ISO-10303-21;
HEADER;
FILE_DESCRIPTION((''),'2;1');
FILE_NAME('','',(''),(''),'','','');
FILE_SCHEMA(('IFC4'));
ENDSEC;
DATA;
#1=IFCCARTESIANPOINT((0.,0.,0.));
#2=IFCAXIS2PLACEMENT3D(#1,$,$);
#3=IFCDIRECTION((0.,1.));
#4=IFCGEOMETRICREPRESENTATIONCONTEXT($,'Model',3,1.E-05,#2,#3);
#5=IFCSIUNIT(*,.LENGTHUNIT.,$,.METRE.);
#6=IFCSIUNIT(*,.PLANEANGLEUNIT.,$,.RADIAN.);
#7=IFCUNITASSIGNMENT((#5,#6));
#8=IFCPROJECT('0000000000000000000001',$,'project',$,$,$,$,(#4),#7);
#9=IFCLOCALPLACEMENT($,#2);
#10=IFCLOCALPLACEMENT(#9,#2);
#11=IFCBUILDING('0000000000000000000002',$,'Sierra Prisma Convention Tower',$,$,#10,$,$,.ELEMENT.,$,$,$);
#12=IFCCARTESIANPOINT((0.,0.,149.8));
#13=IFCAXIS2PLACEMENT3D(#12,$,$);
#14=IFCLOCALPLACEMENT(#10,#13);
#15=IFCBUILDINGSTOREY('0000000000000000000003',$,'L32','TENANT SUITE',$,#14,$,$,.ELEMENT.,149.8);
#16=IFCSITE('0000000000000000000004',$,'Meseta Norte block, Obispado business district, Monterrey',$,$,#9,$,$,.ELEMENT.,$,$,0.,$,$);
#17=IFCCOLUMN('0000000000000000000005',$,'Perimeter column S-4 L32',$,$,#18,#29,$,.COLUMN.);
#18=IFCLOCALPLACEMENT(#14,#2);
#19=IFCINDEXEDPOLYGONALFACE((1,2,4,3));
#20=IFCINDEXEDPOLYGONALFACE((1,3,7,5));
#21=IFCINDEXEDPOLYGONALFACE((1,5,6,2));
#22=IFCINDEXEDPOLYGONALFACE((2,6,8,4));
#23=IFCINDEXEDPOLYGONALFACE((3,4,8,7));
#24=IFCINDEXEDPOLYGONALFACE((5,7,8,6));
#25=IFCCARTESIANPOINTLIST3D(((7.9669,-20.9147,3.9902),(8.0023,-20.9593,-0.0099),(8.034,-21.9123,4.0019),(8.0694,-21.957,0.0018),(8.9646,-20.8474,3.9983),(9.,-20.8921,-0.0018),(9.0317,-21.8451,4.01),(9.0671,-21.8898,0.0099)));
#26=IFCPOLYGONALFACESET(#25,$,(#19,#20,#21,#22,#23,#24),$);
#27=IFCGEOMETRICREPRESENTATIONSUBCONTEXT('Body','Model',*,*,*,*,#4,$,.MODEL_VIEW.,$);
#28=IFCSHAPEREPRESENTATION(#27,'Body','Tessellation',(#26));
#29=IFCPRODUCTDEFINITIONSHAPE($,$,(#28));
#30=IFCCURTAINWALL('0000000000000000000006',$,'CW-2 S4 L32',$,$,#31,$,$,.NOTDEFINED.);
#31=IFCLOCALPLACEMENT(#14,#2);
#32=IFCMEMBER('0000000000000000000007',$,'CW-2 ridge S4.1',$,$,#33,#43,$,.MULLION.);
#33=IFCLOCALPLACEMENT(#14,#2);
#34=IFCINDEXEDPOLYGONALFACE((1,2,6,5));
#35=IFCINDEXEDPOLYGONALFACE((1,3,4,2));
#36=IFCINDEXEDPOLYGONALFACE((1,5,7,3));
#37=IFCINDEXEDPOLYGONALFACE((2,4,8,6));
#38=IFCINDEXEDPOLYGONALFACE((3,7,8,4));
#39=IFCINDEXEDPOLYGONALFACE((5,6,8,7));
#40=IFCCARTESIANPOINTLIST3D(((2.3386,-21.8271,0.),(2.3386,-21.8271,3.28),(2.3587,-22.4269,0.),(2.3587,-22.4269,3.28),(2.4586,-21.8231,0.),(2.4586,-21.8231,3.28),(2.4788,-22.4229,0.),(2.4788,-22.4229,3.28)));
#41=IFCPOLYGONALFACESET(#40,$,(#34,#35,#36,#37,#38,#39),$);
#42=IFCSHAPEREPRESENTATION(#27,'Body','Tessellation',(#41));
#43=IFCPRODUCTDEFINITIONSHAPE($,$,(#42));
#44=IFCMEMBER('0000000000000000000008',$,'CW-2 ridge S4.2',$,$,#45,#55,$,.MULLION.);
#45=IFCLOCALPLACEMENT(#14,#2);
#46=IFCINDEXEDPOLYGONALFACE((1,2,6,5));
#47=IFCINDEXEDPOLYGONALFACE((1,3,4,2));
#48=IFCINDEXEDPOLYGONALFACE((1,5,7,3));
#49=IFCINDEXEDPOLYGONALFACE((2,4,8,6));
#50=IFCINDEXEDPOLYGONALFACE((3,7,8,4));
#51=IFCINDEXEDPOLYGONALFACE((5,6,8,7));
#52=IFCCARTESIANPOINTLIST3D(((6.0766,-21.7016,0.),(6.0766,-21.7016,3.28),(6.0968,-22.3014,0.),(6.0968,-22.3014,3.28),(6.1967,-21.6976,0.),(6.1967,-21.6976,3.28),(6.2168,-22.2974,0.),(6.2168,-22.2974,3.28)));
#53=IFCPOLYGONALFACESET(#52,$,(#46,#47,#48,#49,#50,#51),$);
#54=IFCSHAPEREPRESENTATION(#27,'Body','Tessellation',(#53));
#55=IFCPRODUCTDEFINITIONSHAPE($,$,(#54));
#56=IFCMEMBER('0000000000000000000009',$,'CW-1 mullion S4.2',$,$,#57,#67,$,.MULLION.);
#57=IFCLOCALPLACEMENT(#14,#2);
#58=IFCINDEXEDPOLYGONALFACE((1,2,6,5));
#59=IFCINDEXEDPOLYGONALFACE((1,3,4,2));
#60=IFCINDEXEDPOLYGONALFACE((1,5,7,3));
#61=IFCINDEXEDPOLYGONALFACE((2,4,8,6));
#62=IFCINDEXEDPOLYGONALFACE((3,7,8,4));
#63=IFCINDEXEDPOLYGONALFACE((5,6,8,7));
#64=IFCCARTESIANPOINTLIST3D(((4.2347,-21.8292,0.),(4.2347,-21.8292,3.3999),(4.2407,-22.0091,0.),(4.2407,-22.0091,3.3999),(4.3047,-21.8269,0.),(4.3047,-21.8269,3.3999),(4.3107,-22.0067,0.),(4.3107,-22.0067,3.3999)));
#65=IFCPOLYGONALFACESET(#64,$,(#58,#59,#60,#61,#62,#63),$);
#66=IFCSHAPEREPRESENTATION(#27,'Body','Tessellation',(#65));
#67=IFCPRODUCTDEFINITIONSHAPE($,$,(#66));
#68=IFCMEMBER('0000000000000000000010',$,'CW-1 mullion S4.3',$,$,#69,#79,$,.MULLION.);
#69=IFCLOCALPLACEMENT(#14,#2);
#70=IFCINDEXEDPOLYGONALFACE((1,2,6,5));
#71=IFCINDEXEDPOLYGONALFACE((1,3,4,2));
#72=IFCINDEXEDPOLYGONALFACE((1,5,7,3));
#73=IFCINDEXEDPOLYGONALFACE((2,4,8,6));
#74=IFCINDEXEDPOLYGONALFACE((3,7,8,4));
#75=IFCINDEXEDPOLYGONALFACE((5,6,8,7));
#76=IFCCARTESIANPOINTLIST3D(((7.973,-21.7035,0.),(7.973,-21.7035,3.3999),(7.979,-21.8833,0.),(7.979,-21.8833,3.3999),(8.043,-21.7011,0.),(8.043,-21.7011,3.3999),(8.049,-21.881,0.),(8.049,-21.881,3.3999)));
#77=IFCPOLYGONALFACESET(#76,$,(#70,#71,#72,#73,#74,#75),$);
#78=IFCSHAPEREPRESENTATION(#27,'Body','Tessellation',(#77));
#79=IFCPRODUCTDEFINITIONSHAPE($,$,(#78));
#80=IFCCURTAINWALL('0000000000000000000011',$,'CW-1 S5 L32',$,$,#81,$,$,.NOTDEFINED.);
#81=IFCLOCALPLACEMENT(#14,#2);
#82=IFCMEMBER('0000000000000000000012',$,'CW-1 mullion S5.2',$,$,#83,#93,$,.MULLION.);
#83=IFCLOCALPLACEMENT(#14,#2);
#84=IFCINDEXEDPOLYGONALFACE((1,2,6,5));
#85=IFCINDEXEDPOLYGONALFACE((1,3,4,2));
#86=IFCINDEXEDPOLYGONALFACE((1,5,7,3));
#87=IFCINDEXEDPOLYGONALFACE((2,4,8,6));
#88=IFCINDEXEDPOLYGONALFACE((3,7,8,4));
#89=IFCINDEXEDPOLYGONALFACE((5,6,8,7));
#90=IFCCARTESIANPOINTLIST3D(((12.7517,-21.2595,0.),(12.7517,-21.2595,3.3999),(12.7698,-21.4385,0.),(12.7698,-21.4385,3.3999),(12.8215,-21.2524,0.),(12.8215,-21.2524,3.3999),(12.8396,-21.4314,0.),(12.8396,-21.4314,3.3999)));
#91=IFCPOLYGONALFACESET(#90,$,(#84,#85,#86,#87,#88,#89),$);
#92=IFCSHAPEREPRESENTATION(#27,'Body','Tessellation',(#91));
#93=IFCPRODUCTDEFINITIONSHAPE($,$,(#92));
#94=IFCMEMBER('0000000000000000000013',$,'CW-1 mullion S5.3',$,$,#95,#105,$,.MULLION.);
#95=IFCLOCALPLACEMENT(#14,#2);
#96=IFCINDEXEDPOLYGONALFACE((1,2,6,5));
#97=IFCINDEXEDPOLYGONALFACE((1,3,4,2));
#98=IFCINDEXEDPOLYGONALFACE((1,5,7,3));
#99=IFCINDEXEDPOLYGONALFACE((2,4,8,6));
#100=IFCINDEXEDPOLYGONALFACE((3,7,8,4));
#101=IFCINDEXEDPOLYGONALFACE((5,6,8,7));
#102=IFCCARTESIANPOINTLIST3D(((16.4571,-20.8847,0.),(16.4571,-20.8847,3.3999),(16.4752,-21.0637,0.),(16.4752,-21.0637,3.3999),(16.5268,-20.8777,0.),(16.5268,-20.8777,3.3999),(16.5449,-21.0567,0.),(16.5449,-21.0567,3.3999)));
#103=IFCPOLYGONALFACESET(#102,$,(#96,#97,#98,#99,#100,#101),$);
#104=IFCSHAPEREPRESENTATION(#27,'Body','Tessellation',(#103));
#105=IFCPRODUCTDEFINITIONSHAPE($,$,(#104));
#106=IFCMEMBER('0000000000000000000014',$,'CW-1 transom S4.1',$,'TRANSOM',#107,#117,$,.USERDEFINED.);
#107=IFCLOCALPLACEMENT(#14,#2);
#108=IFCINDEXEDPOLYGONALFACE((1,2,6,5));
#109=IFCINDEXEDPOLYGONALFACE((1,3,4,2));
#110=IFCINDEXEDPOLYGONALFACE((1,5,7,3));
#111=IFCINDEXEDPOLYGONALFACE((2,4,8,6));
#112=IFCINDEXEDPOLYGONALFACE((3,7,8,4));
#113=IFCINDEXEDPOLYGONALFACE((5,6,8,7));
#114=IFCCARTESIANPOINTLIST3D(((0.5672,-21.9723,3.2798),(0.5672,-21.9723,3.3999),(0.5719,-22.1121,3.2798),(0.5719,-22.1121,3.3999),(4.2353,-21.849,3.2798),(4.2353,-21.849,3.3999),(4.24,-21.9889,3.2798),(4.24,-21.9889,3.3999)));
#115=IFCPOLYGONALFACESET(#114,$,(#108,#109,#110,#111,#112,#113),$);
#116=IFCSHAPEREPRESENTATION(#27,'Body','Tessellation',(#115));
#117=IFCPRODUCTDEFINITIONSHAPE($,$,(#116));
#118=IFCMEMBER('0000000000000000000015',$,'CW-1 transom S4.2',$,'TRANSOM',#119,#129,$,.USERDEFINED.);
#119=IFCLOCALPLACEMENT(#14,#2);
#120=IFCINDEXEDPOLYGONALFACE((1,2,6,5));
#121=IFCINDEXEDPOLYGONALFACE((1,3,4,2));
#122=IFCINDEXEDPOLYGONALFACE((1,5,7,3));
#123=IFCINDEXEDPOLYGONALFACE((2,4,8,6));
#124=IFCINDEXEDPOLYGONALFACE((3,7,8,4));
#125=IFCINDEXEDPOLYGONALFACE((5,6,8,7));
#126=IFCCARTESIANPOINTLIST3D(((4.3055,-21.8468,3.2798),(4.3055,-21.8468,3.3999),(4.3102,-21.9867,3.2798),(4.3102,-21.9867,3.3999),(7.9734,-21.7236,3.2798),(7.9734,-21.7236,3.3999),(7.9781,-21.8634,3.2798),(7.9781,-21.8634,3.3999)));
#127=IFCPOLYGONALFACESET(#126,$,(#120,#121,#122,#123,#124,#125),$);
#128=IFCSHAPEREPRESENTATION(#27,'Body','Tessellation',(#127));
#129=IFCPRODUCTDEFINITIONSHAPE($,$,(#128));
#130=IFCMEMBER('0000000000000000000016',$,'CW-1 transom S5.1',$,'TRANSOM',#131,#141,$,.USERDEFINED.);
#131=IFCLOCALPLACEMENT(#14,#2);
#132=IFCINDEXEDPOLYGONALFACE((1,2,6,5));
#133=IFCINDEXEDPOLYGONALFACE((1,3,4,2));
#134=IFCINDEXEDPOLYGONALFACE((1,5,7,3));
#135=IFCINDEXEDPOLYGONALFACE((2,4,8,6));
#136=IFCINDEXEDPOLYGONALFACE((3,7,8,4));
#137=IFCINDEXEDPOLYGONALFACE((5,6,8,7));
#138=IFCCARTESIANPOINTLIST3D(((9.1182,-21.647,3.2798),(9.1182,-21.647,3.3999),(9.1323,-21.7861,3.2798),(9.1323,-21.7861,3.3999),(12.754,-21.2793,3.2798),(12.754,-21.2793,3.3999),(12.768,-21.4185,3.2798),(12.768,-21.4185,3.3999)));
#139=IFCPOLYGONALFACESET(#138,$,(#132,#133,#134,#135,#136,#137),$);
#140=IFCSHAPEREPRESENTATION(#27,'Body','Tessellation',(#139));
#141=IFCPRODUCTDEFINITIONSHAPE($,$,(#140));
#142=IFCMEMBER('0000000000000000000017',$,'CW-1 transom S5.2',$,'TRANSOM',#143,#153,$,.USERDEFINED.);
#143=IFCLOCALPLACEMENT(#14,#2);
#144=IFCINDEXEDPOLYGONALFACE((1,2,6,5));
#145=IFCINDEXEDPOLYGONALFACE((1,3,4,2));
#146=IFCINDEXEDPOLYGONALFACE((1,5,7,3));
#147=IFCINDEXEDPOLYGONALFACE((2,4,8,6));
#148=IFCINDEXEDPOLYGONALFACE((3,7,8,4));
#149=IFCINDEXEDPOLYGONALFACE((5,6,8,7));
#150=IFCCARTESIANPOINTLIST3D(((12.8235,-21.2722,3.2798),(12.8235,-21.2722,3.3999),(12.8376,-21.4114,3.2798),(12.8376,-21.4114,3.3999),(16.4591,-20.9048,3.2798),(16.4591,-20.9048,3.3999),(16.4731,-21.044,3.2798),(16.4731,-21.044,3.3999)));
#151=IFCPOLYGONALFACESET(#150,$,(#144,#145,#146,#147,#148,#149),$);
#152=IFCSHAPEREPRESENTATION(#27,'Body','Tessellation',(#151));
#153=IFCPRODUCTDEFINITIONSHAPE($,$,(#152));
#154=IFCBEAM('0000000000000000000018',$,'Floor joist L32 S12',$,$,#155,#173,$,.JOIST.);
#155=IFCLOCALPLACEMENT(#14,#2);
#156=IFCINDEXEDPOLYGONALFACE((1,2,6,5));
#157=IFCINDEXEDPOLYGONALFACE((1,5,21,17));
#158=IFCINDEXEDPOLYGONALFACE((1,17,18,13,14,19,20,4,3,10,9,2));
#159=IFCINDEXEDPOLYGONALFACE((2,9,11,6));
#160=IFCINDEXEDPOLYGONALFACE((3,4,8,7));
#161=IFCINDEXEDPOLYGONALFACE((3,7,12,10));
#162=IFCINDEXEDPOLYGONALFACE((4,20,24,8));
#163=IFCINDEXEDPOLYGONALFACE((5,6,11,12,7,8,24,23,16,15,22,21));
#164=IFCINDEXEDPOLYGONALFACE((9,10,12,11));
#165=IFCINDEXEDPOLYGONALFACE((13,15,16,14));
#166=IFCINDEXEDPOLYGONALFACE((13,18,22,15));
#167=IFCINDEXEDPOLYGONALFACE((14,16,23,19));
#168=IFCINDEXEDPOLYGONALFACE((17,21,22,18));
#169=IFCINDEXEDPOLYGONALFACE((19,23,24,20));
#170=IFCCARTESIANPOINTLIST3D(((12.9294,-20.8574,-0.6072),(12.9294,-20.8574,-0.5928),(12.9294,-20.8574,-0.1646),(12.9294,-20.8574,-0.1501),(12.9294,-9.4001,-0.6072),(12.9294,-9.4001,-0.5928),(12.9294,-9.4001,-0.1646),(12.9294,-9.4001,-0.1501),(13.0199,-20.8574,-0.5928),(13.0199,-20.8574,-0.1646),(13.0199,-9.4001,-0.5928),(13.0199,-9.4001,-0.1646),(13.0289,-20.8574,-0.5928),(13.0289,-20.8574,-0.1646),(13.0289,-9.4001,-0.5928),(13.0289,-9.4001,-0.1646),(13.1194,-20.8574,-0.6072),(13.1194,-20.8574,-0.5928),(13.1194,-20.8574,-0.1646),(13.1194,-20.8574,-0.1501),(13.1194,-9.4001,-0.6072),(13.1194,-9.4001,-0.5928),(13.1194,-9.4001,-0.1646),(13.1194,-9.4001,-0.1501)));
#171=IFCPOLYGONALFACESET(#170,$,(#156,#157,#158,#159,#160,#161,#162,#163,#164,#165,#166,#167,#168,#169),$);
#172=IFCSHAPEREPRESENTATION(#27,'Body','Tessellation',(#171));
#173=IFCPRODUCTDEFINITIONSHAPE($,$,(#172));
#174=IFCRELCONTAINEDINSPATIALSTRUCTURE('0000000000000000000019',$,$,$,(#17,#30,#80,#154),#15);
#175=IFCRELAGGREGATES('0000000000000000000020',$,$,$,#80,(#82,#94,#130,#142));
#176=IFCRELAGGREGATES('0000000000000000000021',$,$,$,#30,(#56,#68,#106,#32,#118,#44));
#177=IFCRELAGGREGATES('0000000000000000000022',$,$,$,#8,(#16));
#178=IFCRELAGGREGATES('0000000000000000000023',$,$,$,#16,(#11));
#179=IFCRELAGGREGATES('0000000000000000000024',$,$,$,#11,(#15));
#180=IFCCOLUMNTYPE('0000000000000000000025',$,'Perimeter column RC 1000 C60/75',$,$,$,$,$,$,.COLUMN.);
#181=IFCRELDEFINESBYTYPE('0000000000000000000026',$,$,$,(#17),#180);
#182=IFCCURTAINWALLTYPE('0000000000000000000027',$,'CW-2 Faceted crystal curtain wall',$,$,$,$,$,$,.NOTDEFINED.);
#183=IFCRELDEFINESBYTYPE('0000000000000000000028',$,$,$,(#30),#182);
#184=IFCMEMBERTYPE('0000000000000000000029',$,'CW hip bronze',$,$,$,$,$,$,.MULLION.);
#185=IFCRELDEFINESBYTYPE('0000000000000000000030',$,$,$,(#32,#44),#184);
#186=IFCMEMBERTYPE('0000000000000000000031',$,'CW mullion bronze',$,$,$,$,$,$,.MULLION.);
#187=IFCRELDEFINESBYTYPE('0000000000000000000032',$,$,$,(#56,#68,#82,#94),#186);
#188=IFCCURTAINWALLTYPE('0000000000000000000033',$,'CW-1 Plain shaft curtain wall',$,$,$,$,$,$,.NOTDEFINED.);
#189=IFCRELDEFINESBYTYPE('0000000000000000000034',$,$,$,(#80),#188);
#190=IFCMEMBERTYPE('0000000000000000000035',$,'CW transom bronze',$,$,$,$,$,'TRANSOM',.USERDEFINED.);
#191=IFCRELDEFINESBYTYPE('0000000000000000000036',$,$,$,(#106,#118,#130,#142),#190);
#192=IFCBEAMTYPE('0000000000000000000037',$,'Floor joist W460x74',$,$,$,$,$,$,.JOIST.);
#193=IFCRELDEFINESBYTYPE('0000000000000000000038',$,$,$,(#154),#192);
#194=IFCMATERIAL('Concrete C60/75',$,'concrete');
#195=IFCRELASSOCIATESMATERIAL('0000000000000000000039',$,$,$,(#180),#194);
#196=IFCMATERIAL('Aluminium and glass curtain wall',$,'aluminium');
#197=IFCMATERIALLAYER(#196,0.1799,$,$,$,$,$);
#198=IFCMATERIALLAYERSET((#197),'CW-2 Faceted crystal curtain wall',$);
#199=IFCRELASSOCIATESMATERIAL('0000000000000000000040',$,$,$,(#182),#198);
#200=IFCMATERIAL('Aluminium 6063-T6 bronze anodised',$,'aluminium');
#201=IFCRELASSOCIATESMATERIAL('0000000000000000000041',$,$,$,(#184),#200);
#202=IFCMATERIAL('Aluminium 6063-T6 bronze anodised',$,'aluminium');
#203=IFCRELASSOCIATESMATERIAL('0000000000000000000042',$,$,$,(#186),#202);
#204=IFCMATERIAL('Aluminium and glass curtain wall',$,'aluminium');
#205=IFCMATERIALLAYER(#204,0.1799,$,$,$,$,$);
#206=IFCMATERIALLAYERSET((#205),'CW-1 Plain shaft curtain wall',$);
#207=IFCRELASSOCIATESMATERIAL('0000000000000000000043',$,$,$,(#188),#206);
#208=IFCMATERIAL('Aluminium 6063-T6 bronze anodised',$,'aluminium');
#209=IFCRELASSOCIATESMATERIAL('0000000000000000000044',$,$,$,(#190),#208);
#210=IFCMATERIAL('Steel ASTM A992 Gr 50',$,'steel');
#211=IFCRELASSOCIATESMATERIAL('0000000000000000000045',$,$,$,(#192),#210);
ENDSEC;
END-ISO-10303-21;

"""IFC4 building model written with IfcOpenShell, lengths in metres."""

from ifc_helpers import new_model, si_unit, direction, frame, origin, origin_2d, place, context, subcontext, project, spatial, rectangle, i_section, extrude, material, layer, layer_set, material_profile, profile_set, type_object, element, aggregate, save


model = new_model("IFC4")

# Units and contexts
model_context = context("Model", 3, precision=1e-05, world=origin(), true_north=direction((0.0, 1.0)))
body_context = subcontext(model_context, "Body", "Model", "MODEL_VIEW")
ifc_project = project(units=[si_unit("LENGTHUNIT", "METRE"), si_unit("PLANEANGLEUNIT", "RADIAN")], contexts=[model_context])

# Site, building, storey
site_placement = place(None, origin())
site = spatial("IfcSite", under=ifc_project, at=site_placement, Name="Meseta Norte block, Obispado business district, Monterrey", CompositionType="ELEMENT", RefElevation=0.0)
building_placement = place(site_placement, origin())
building = spatial("IfcBuilding", under=site, at=building_placement, Name="Sierra Prisma Convention Tower", CompositionType="ELEMENT")
storey_placement = place(building_placement, frame((0.0, 0.0, 149.8)))
storey = spatial("IfcBuildingStorey", under=building, at=storey_placement, Name="L32", Description="TENANT SUITE", CompositionType="ELEMENT", Elevation=149.8)

# Column
ifc_material_1 = material(Name="Concrete C60/75", Category="concrete")
ifc_material_profile_1 = material_profile(ifc_material_1, rectangle(XDim=1.0, YDim=1.0, at=origin_2d()), Name="Perimeter column RC 1000 C60/75")
ifc_profile_set_1 = profile_set([ifc_material_profile_1], Name="Concrete C60/75")
column_type = type_object("IfcColumnType", Name="Perimeter column RC 1000 C60/75", PredefinedType="COLUMN", material=ifc_profile_set_1)
column_placement = place(storey_placement, frame((8.5347, -21.4246, 0.0), z_axis=(-0.008849, 0.011168, 0.999898), x_axis=(0.997705, 0.067223, 0.008079)))
element("IfcColumn", 1, at=column_placement, inside=storey, type_object=column_type, Name="Perimeter column S-4 L32", PredefinedType="COLUMN", context=body_context, shape_type="SweptSolid", body=[
    extrude(rectangle(XDim=1.0, YDim=1.0, at=origin_2d()), origin(), (0.0, 0.0, 1.0), 4.0005),
])

# Curtain walls, members
ifc_material_2 = material(Name="Aluminium and glass curtain wall", Category="aluminium")
ifc_layer_1 = layer(ifc_material_2, 0.1799)
ifc_layer_set_1 = layer_set([ifc_layer_1], Name="CW-2 Faceted crystal curtain wall")
curtain_wall_type_1 = type_object("IfcCurtainWallType", Name="CW-2 Faceted crystal curtain wall", PredefinedType="NOTDEFINED", material=ifc_layer_set_1)
curtain_wall_1_placement = place(storey_placement, origin())
curtain_wall_1 = element("IfcCurtainWall", 2, at=curtain_wall_1_placement, inside=storey, type_object=curtain_wall_type_1, Name="CW-2 S4 L32", PredefinedType="NOTDEFINED")
ifc_material_3 = material(Name="Aluminium 6063-T6 bronze anodised", Category="aluminium")
ifc_material_profile_2 = material_profile(ifc_material_3, rectangle(XDim=0.1201, YDim=0.6001, at=origin_2d()), Name="ALU RIDGE BLADE 120x600")
ifc_profile_set_2 = profile_set([ifc_material_profile_2], Name="Aluminium 6063-T6 bronze anodised")
member_type_1 = type_object("IfcMemberType", Name="CW hip bronze", PredefinedType="MULLION", material=ifc_profile_set_2)
member_1_placement = place(storey_placement, frame((2.4087, -22.125, 0.0), z_axis=(0.0, 0.0, 1.0), x_axis=(0.999436, 0.033583, 0.0)))
member_1 = element("IfcMember", 3, at=member_1_placement, type_object=member_type_1, Name="CW-2 ridge S4.1", PredefinedType="MULLION", context=body_context, shape_type="SweptSolid", body=[
    extrude(rectangle(XDim=0.1201, YDim=0.6001, at=origin_2d()), origin(), (0.0, 0.0, 1.0), 3.28),
])
member_2_placement = place(storey_placement, frame((6.1467, -21.9995, 0.0), z_axis=(0.0, 0.0, 1.0), x_axis=(0.999436, 0.033583, 0.0)))
member_2 = element("IfcMember", 4, at=member_2_placement, type_object=member_type_1, Name="CW-2 ridge S4.2", PredefinedType="MULLION", context=body_context, shape_type="SweptSolid", body=[
    extrude(rectangle(XDim=0.1201, YDim=0.6001, at=origin_2d()), origin(), (0.0, 0.0, 1.0), 3.28),
])
ifc_material_4 = material(Name="Aluminium 6063-T6 bronze anodised", Category="aluminium")
ifc_material_profile_3 = material_profile(ifc_material_4, rectangle(XDim=0.1799, YDim=0.0701, at=origin_2d()), Name="ALU MULLION 70x180")
ifc_profile_set_3 = profile_set([ifc_material_profile_3], Name="Aluminium 6063-T6 bronze anodised")
member_type_2 = type_object("IfcMemberType", Name="CW mullion bronze", PredefinedType="MULLION", material=ifc_profile_set_3)
member_3_placement = place(storey_placement, frame((4.2727, -21.918, 0.0), z_axis=(0.0, 0.0, 1.0), x_axis=(-0.033583, 0.999436, 0.0)))
member_3 = element("IfcMember", 5, at=member_3_placement, type_object=member_type_2, Name="CW-1 mullion S4.2", PredefinedType="MULLION", context=body_context, shape_type="SweptSolid", body=[
    extrude(rectangle(XDim=0.1799, YDim=0.0701, at=origin_2d()), origin(), (0.0, 0.0, 1.0), 3.3999),
])
member_4_placement = place(storey_placement, frame((8.011, -21.7922, 0.0), z_axis=(0.0, 0.0, 1.0), x_axis=(-0.033583, 0.999436, 0.0)))
member_4 = element("IfcMember", 6, at=member_4_placement, type_object=member_type_2, Name="CW-1 mullion S4.3", PredefinedType="MULLION", context=body_context, shape_type="SweptSolid", body=[
    extrude(rectangle(XDim=0.1799, YDim=0.0701, at=origin_2d()), origin(), (0.0, 0.0, 1.0), 3.3999),
])
ifc_material_5 = material(Name="Aluminium and glass curtain wall", Category="aluminium")
ifc_layer_2 = layer(ifc_material_5, 0.1799)
ifc_layer_set_2 = layer_set([ifc_layer_2], Name="CW-1 Plain shaft curtain wall")
curtain_wall_type_2 = type_object("IfcCurtainWallType", Name="CW-1 Plain shaft curtain wall", PredefinedType="NOTDEFINED", material=ifc_layer_set_2)
curtain_wall_2_placement = place(storey_placement, origin())
curtain_wall_2 = element("IfcCurtainWall", 7, at=curtain_wall_2_placement, inside=storey, type_object=curtain_wall_type_2, Name="CW-1 S5 L32", PredefinedType="NOTDEFINED")
member_5_placement = place(storey_placement, frame((12.7957, -21.3455, 0.0), z_axis=(0.0, 0.0, 1.0), x_axis=(-0.100597, 0.994927, 0.0)))
member_5 = element("IfcMember", 8, at=member_5_placement, type_object=member_type_2, Name="CW-1 mullion S5.2", PredefinedType="MULLION", context=body_context, shape_type="SweptSolid", body=[
    extrude(rectangle(XDim=0.1799, YDim=0.0701, at=origin_2d()), origin(), (0.0, 0.0, 1.0), 3.3999),
])
member_6_placement = place(storey_placement, frame((16.501, -20.9707, 0.0), z_axis=(0.0, 0.0, 1.0), x_axis=(-0.100597, 0.994927, 0.0)))
member_6 = element("IfcMember", 9, at=member_6_placement, type_object=member_type_2, Name="CW-1 mullion S5.3", PredefinedType="MULLION", context=body_context, shape_type="SweptSolid", body=[
    extrude(rectangle(XDim=0.1799, YDim=0.0701, at=origin_2d()), origin(), (0.0, 0.0, 1.0), 3.3999),
])

# Members
ifc_material_6 = material(Name="Aluminium 6063-T6 bronze anodised", Category="aluminium")
ifc_material_profile_4 = material_profile(ifc_material_6, rectangle(XDim=0.1399, YDim=0.1201, at=origin_2d()), Name="ALU TRANSOM 120x140")
ifc_profile_set_4 = profile_set([ifc_material_profile_4], Name="Aluminium 6063-T6 bronze anodised")
member_type_3 = type_object("IfcMemberType", Name="CW transom bronze", ElementType="TRANSOM", PredefinedType="USERDEFINED", material=ifc_profile_set_4)
member_7_placement = place(storey_placement, frame((0.5696, -22.0422, 3.3398), z_axis=(0.999436, 0.033592, 0.0), x_axis=(-0.033592, 0.999436, 0.0)))
member_7 = element("IfcMember", 10, at=member_7_placement, type_object=member_type_3, Name="CW-1 transom S4.1", ObjectType="TRANSOM", PredefinedType="USERDEFINED", context=body_context, shape_type="SweptSolid", body=[
    extrude(rectangle(XDim=0.1399, YDim=0.1201, at=origin_2d()), origin(), (0.0, 0.0, 1.0), 3.6702),
])
member_8_placement = place(storey_placement, frame((4.3079, -21.9167, 3.3398), z_axis=(0.999436, 0.033594, 0.0), x_axis=(-0.033594, 0.999436, 0.0)))
member_8 = element("IfcMember", 11, at=member_8_placement, type_object=member_type_3, Name="CW-1 transom S4.2", ObjectType="TRANSOM", PredefinedType="USERDEFINED", context=body_context, shape_type="SweptSolid", body=[
    extrude(rectangle(XDim=0.1399, YDim=0.1201, at=origin_2d()), origin(), (0.0, 0.0, 1.0), 3.6699),
])
member_9_placement = place(storey_placement, frame((9.1252, -21.7166, 3.3398), z_axis=(0.994925, 0.100615, 0.0), x_axis=(-0.100615, 0.994925, 0.0)))
member_9 = element("IfcMember", 12, at=member_9_placement, type_object=member_type_3, Name="CW-1 transom S5.1", ObjectType="TRANSOM", PredefinedType="USERDEFINED", context=body_context, shape_type="SweptSolid", body=[
    extrude(rectangle(XDim=0.1399, YDim=0.1201, at=origin_2d()), origin(), (0.0, 0.0, 1.0), 3.6543),
])
member_10_placement = place(storey_placement, frame((12.8306, -21.3418, 3.3398), z_axis=(0.994931, 0.100555, 0.0), x_axis=(-0.100555, 0.994931, 0.0)))
member_10 = element("IfcMember", 13, at=member_10_placement, type_object=member_type_3, Name="CW-1 transom S5.2", ObjectType="TRANSOM", PredefinedType="USERDEFINED", context=body_context, shape_type="SweptSolid", body=[
    extrude(rectangle(XDim=0.1399, YDim=0.1201, at=origin_2d()), origin(), (0.0, 0.0, 1.0), 3.6541),
])

# Beam
ifc_material_7 = material(Name="Steel ASTM A992 Gr 50", Category="steel")
ifc_material_profile_5 = material_profile(ifc_material_7, i_section(OverallWidth=0.1899, OverallDepth=0.457, WebThickness=0.009, FlangeThickness=0.0144, at=origin_2d()), Name="W460x74")
ifc_profile_set_5 = profile_set([ifc_material_profile_5], Name="Steel ASTM A992 Gr 50")
beam_type_1 = type_object("IfcBeamType", Name="Floor joist W460x74", PredefinedType="JOIST", material=ifc_profile_set_5)
beam_1_placement = place(storey_placement, frame((13.0244, -20.8574, -0.3787), z_axis=(0.0, 1.0, 0.0), x_axis=(-1.0, 0.0, 0.0)))
element("IfcBeam", 14, at=beam_1_placement, inside=storey, type_object=beam_type_1, Name="Floor joist L32 S12", PredefinedType="JOIST", context=body_context, shape_type="SweptSolid", body=[
    extrude(i_section(OverallWidth=0.1899, OverallDepth=0.457, WebThickness=0.009, FlangeThickness=0.0144, at=origin_2d()), origin(), (0.0, 0.0, 1.0), 11.4573),
])

aggregate(curtain_wall_2, [member_5, member_6, member_9, member_10])
aggregate(curtain_wall_1, [member_3, member_4, member_7, member_1, member_8, member_2])

save(model, "model.ifc")
